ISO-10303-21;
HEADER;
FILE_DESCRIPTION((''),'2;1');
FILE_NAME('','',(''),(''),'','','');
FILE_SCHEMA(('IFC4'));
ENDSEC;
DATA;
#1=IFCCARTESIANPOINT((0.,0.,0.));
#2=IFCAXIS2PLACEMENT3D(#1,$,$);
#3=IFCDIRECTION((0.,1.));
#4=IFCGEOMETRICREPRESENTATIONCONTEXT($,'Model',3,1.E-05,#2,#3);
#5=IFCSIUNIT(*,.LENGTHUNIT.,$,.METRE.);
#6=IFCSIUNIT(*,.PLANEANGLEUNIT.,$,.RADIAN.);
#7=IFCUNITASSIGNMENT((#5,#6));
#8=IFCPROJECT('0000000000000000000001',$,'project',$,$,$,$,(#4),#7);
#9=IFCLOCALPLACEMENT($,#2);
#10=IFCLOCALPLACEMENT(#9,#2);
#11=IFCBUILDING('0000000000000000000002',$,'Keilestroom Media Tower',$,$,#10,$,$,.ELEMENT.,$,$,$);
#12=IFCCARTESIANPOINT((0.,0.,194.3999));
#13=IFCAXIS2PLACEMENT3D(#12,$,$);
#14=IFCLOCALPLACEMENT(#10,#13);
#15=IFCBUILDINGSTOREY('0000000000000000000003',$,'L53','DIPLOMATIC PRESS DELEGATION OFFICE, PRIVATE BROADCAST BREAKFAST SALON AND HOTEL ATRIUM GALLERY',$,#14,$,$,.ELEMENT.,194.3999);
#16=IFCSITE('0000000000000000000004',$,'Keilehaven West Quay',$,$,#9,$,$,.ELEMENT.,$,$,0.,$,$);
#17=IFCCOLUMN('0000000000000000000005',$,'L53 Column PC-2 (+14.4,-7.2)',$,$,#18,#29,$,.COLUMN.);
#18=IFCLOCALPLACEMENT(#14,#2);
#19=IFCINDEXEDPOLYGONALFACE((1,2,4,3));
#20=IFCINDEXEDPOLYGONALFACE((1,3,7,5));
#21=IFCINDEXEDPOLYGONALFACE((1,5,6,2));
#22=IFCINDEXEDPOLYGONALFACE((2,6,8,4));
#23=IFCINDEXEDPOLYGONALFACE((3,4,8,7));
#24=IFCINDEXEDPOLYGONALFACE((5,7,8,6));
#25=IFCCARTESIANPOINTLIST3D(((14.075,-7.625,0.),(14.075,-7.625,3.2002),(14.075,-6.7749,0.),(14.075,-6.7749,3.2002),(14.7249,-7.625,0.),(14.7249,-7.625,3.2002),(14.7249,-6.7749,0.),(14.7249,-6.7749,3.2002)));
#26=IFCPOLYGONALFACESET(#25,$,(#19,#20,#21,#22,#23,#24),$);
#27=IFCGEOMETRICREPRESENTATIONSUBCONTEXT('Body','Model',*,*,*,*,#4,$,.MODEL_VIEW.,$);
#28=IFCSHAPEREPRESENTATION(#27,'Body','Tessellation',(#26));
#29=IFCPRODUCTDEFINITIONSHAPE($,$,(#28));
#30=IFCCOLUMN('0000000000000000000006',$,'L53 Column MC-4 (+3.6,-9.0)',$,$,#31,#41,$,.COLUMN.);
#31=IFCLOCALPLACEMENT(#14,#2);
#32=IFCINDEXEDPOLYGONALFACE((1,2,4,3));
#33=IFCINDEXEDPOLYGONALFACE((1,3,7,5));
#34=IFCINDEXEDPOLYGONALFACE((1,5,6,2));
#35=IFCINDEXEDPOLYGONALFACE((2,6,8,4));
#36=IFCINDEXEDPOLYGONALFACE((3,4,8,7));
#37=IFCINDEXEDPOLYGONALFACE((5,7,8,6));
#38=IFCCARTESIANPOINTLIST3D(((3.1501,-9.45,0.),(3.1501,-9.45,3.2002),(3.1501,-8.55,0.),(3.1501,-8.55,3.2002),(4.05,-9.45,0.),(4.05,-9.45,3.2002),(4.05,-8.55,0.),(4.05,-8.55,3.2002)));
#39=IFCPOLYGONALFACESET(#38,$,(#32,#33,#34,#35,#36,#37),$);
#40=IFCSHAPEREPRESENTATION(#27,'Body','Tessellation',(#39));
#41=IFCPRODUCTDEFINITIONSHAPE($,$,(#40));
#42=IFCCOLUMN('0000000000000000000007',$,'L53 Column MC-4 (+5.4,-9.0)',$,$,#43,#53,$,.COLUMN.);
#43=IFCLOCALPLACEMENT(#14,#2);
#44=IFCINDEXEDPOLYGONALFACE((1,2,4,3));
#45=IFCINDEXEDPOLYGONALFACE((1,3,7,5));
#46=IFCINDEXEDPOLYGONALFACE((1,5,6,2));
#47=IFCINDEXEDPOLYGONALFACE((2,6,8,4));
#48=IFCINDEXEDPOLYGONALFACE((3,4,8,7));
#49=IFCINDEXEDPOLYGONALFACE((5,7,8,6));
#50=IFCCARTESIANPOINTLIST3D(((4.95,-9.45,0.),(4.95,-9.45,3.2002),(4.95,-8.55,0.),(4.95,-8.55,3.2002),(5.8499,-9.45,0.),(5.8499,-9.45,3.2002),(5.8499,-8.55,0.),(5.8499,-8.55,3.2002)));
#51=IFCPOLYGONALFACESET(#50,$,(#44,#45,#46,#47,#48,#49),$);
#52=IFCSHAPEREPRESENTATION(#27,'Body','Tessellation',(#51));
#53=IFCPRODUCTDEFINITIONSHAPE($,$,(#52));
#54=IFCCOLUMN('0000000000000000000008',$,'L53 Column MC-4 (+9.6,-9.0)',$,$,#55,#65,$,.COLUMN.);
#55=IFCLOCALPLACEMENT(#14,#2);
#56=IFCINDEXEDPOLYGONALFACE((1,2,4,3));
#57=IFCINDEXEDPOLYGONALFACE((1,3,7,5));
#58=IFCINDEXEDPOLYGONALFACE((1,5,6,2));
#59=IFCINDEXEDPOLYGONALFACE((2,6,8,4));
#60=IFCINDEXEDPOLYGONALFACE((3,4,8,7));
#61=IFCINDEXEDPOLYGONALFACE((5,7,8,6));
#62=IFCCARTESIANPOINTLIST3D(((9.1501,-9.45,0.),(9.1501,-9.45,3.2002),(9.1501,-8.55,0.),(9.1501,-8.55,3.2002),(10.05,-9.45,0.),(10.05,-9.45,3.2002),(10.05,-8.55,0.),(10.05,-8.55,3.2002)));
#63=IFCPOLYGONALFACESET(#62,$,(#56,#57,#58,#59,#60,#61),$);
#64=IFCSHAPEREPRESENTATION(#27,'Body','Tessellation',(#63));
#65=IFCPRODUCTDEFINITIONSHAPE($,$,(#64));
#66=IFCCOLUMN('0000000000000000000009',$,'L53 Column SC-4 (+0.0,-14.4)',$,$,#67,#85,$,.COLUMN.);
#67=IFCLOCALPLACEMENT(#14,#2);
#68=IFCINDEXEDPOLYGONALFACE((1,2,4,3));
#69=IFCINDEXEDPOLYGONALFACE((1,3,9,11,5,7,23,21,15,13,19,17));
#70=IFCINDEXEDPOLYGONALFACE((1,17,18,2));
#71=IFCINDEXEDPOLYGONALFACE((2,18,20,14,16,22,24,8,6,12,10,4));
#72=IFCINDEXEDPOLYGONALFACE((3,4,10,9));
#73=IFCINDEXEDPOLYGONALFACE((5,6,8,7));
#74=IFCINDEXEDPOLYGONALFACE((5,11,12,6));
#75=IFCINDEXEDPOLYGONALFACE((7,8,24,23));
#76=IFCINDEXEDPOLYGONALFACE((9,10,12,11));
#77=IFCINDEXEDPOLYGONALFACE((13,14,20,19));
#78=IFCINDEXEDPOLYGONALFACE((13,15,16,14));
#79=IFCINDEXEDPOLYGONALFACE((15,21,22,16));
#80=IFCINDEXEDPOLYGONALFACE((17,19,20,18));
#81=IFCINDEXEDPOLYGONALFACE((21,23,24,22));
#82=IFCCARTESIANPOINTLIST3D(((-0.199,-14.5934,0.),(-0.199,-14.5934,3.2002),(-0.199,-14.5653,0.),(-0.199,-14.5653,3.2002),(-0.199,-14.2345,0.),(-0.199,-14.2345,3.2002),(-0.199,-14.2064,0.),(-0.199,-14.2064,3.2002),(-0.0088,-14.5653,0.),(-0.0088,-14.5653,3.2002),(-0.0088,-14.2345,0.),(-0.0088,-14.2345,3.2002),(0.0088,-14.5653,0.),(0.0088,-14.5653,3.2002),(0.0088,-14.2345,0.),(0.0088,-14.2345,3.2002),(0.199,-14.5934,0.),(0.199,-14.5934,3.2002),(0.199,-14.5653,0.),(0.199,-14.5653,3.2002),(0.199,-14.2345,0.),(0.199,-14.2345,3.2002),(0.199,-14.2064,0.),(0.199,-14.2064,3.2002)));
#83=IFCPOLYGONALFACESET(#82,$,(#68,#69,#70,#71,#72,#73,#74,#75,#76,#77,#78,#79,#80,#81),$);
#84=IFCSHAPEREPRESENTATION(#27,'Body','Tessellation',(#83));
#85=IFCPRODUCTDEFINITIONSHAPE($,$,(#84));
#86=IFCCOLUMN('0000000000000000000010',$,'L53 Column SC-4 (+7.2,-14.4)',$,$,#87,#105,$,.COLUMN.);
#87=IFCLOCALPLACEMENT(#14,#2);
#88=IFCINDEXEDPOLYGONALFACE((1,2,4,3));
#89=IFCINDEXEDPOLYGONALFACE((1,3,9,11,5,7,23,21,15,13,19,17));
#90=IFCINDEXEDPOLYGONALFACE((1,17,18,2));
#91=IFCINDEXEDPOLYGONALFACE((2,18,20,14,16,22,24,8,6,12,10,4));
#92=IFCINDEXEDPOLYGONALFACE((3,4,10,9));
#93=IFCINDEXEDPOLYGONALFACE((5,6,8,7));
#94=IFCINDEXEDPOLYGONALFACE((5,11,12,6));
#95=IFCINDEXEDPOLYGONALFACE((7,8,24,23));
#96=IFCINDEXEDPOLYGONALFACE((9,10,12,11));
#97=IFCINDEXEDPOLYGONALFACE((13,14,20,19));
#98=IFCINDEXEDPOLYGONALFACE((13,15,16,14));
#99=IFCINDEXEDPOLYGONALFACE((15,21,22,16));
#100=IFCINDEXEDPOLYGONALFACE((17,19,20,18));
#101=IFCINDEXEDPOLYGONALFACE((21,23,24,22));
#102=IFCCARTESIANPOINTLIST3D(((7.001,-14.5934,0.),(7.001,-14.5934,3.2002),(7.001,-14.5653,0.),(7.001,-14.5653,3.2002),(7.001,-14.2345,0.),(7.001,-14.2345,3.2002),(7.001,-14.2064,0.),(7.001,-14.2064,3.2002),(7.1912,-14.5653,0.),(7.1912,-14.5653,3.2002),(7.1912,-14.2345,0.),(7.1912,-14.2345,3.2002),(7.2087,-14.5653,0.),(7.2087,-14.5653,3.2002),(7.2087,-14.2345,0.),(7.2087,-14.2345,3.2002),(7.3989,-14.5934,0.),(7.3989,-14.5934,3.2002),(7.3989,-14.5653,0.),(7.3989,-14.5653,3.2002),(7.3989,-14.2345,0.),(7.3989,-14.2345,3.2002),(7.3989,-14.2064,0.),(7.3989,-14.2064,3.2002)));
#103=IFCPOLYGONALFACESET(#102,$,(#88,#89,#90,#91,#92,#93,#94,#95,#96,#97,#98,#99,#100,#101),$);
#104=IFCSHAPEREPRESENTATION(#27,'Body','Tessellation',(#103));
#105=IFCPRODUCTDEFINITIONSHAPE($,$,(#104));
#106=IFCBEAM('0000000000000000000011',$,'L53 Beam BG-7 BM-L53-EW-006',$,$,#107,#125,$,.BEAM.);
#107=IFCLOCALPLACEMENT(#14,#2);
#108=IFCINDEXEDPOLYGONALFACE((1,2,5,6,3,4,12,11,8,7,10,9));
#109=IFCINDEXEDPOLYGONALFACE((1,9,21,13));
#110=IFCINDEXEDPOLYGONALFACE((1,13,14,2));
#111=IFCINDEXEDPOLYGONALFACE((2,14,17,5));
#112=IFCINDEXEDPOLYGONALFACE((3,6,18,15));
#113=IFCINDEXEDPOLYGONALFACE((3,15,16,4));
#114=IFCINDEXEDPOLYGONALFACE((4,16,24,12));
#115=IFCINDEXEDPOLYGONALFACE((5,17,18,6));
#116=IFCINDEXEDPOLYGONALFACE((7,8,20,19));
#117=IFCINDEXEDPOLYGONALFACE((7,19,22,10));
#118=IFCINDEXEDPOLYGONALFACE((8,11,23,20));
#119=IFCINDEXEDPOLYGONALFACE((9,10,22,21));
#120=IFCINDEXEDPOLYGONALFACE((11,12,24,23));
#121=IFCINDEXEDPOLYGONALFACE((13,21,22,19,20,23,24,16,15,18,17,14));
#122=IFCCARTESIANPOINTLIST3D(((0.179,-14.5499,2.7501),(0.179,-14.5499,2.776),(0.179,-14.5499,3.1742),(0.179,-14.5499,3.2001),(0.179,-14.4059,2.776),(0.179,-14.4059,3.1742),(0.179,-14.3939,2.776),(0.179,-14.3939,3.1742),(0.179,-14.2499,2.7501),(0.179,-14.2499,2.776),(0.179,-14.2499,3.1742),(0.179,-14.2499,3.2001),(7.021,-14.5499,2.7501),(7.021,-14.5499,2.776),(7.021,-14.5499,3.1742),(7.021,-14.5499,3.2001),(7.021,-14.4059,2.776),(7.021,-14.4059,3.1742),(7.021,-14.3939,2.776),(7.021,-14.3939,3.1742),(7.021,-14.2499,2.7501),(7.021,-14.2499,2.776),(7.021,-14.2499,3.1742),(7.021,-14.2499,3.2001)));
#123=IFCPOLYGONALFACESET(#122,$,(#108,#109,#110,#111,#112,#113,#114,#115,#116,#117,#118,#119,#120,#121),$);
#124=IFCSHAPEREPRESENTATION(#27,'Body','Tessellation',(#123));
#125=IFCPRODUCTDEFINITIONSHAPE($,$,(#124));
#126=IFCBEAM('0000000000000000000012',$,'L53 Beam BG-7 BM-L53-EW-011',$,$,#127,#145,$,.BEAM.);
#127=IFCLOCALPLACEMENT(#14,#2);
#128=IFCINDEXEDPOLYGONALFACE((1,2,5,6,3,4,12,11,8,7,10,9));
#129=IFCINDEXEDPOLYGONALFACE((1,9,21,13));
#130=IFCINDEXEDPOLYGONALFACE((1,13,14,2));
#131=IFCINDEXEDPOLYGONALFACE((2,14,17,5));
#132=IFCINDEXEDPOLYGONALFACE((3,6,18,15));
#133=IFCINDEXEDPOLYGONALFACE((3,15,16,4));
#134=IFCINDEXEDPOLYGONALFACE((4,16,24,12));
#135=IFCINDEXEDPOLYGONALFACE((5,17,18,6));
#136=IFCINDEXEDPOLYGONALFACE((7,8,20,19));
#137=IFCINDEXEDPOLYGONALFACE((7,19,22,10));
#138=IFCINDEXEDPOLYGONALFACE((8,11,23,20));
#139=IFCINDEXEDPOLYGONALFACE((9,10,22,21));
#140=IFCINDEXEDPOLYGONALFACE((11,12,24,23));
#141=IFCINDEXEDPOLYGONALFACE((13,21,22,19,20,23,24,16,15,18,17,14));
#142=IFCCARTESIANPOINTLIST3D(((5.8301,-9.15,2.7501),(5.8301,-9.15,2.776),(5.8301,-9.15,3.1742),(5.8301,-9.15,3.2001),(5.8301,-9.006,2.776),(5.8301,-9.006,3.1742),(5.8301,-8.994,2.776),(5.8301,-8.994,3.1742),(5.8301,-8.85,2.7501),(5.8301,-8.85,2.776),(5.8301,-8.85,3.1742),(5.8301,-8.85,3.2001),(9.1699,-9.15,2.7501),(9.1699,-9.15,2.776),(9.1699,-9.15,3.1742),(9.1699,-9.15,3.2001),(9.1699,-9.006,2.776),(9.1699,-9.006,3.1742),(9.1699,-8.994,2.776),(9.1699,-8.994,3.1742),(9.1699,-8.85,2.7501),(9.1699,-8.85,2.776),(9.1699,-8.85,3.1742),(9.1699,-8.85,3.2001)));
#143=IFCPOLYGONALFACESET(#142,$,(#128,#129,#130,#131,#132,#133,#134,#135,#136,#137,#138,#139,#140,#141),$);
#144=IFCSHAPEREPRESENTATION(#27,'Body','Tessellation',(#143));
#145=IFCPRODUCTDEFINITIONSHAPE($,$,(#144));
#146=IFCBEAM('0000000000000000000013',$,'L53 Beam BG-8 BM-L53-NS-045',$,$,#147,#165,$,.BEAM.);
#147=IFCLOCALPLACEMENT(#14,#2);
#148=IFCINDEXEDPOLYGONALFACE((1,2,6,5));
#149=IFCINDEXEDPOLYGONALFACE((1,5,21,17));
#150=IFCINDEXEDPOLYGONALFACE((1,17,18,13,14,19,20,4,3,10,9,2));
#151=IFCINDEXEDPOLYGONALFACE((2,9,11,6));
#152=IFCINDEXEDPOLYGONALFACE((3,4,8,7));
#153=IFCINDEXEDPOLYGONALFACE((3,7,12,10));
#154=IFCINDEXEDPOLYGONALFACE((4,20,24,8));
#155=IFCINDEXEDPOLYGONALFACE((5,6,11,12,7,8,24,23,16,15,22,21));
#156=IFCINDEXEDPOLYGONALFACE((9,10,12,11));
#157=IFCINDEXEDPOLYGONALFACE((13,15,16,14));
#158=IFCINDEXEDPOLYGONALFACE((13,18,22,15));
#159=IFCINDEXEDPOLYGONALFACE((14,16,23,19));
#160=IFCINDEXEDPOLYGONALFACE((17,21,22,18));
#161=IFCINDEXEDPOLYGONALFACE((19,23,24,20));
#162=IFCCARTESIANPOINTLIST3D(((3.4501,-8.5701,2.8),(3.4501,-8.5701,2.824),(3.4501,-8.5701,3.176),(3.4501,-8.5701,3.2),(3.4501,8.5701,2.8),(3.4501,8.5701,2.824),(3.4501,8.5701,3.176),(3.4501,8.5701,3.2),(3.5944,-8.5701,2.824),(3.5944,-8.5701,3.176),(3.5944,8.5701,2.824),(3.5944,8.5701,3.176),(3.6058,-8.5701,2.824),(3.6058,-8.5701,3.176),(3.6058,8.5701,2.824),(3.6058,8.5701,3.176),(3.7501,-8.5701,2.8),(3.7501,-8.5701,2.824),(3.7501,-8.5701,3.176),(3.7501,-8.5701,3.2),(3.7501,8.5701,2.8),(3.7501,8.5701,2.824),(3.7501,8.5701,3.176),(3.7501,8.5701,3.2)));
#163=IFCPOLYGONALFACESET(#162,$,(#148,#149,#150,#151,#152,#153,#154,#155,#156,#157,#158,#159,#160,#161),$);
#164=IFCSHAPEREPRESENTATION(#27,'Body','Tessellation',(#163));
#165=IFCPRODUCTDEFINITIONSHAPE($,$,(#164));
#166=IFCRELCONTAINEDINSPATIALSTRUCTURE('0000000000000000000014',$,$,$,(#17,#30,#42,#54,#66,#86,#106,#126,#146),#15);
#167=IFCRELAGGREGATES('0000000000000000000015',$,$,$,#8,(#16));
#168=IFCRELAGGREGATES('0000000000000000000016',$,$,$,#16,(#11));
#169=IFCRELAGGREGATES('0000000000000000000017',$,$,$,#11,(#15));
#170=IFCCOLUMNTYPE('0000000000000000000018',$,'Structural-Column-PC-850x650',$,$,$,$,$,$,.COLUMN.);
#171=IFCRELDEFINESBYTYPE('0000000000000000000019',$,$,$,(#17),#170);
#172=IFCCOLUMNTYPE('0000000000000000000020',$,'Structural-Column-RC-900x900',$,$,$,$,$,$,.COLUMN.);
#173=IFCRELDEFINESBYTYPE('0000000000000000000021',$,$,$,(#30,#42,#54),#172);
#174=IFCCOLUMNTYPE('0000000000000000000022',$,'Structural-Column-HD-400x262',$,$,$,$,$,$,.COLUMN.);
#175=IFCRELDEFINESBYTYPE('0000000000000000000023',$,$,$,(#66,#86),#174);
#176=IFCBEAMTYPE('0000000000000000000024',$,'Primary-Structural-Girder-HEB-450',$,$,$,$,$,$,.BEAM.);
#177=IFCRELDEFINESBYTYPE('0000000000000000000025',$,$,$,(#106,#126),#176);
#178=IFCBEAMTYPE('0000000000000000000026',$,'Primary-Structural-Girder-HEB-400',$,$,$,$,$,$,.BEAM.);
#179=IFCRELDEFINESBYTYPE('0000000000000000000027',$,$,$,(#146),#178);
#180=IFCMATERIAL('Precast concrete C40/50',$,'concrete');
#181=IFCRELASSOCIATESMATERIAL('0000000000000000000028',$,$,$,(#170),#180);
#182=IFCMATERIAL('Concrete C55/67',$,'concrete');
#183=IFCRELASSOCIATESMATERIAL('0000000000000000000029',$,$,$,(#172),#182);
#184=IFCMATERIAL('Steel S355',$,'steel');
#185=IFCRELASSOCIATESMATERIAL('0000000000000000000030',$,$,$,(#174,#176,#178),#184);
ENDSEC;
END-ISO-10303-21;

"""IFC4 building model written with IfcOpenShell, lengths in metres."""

from ifc_helpers import new_model, si_unit, direction, frame, origin, origin_2d, place, context, subcontext, project, spatial, rectangle, i_section, extrude, source, transform, mapped, material, material_profile, profile_set, type_object, element, save


model = new_model("IFC4")

# Units and contexts
model_context = context("Model", 3, precision=1e-05, world=origin(), true_north=direction((0.0, 1.0)))
body_context = subcontext(model_context, "Body", "Model", "MODEL_VIEW")
ifc_project = project(units=[si_unit("LENGTHUNIT", "METRE"), si_unit("PLANEANGLEUNIT", "RADIAN")], contexts=[model_context])

# Site, building, storey
site_placement = place(None, origin())
site = spatial("IfcSite", under=ifc_project, at=site_placement, Name="Keilehaven West Quay", CompositionType="ELEMENT", RefElevation=0.0)
building_placement = place(site_placement, origin())
building = spatial("IfcBuilding", under=site, at=building_placement, Name="Keilestroom Media Tower", CompositionType="ELEMENT")
storey_placement = place(building_placement, frame((0.0, 0.0, 194.3999)))
storey = spatial("IfcBuildingStorey", under=building, at=storey_placement, Name="L53", Description="DIPLOMATIC PRESS DELEGATION OFFICE, PRIVATE BROADCAST BREAKFAST SALON AND HOTEL ATRIUM GALLERY", CompositionType="ELEMENT", Elevation=194.3999)

# Columns
ifc_material_1 = material(Name="Precast concrete C40/50", Category="concrete")
ifc_material_profile_1 = material_profile(ifc_material_1, rectangle(XDim=0.6499, YDim=0.8501, at=origin_2d()), Name="PC 850x650")
ifc_profile_set_1 = profile_set([ifc_material_profile_1], Name="Precast concrete C40/50")
column_type_1 = type_object("IfcColumnType", Name="Structural-Column-PC-850x650", PredefinedType="COLUMN", material=ifc_profile_set_1)
shared_shape_1 = source(origin(), body_context, "Body", "SweptSolid", [
    extrude(rectangle(XDim=0.6499, YDim=0.8501, at=origin_2d()), origin(), (0.0, 0.0, 1.0), 3.2002),
])
column_placement = place(storey_placement, frame((14.3999, -7.2, 0.0), z_axis=(0.0, 0.0, 1.0), x_axis=(1.0, 0.0, 0.0)))
element("IfcColumn", 1, at=column_placement, inside=storey, type_object=column_type_1, Name="L53 Column PC-2 (+14.4,-7.2)", PredefinedType="COLUMN", context=body_context, shape_type="MappedRepresentation", body=[
    mapped(shared_shape_1, transform((0.0, 0.0, 0.0), x_axis=(1.0, 0.0, 0.0), y_axis=(0.0, 1.0, 0.0), z_axis=(0.0, 0.0, 1.0), scale=1.0)),
])
ifc_material_2 = material(Name="Concrete C55/67", Category="concrete")
ifc_material_profile_2 = material_profile(ifc_material_2, rectangle(XDim=0.8999, YDim=0.8999, at=origin_2d()), Name="RC 900x900")
ifc_profile_set_2 = profile_set([ifc_material_profile_2], Name="Concrete C55/67")
column_type_2 = type_object("IfcColumnType", Name="Structural-Column-RC-900x900", PredefinedType="COLUMN", material=ifc_profile_set_2)
shared_shape_2 = source(origin(), body_context, "Body", "SweptSolid", [
    extrude(rectangle(XDim=0.8999, YDim=0.8999, at=origin_2d()), origin(), (0.0, 0.0, 1.0), 3.2002),
])
for number, where, z_axis, x_axis, name in (
    (2, (3.6001, -9.0, 0.0), (0.0, 0.0, 1.0), (1.0, 0.0, 0.0), "L53 Column MC-4 (+3.6,-9.0)"),
    (3, (5.3999, -9.0, 0.0), (0.0, 0.0, 1.0), (1.0, 0.0, 0.0), "L53 Column MC-4 (+5.4,-9.0)"),
    (4, (9.6001, -9.0, 0.0), (0.0, 0.0, 1.0), (1.0, 0.0, 0.0), "L53 Column MC-4 (+9.6,-9.0)"),
):
    element("IfcColumn", number, at=place(storey_placement, frame(where, z_axis=z_axis, x_axis=x_axis)), inside=storey, type_object=column_type_2, Name=name, PredefinedType="COLUMN", context=body_context, shape_type="MappedRepresentation", body=[
        mapped(shared_shape_2, transform((0.0, 0.0, 0.0), x_axis=(1.0, 0.0, 0.0), y_axis=(0.0, 1.0, 0.0), z_axis=(0.0, 0.0, 1.0), scale=1.0)),
    ])
ifc_material_3 = material(Name="Steel S355", Category="steel")
ifc_material_profile_3 = material_profile(ifc_material_3, i_section(OverallWidth=0.3979, OverallDepth=0.387, WebThickness=0.0176, FlangeThickness=0.0281, at=origin_2d()), Name="HD 400x262")
ifc_profile_set_3 = profile_set([ifc_material_profile_3], Name="Steel S355")
column_type_3 = type_object("IfcColumnType", Name="Structural-Column-HD-400x262", PredefinedType="COLUMN", material=ifc_profile_set_3)
shared_shape_3 = source(origin(), body_context, "Body", "SweptSolid", [
    extrude(i_section(OverallWidth=0.3979, OverallDepth=0.387, WebThickness=0.0176, FlangeThickness=0.0281, at=origin_2d()), origin(), (0.0, 0.0, 1.0), 3.2002),
])
for number, where, z_axis, x_axis, name in (
    (5, (0.0, -14.3999, 0.0), (0.0, 0.0, 1.0), (1.0, 0.0, 0.0), "L53 Column SC-4 (+0.0,-14.4)"),
    (6, (7.2, -14.3999, 0.0), (0.0, 0.0, 1.0), (1.0, 0.0, 0.0), "L53 Column SC-4 (+7.2,-14.4)"),
):
    element("IfcColumn", number, at=place(storey_placement, frame(where, z_axis=z_axis, x_axis=x_axis)), inside=storey, type_object=column_type_3, Name=name, PredefinedType="COLUMN", context=body_context, shape_type="MappedRepresentation", body=[
        mapped(shared_shape_3, transform((0.0, 0.0, 0.0), x_axis=(1.0, 0.0, 0.0), y_axis=(0.0, 1.0, 0.0), z_axis=(0.0, 0.0, 1.0), scale=1.0)),
    ])

# Beams
ifc_material_profile_4 = material_profile(ifc_material_3, i_section(OverallWidth=0.3, OverallDepth=0.45, WebThickness=0.012, FlangeThickness=0.0259, at=origin_2d()), Name="HEB 450")
ifc_profile_set_4 = profile_set([ifc_material_profile_4], Name="Steel S355")
beam_type_1 = type_object("IfcBeamType", Name="Primary-Structural-Girder-HEB-450", PredefinedType="BEAM", material=ifc_profile_set_4)
shared_shape_4 = source(origin(), body_context, "Body", "SweptSolid", [
    extrude(i_section(OverallWidth=0.3, OverallDepth=0.45, WebThickness=0.012, FlangeThickness=0.0259, at=origin_2d()), origin(), (0.0, 0.0, 1.0), 6.842),
])
beam_1_placement = place(storey_placement, frame((0.179, -14.3999, 2.9751), z_axis=(1.0, 0.0, 0.0), x_axis=(0.0, 1.0, 0.0)))
element("IfcBeam", 7, at=beam_1_placement, inside=storey, type_object=beam_type_1, Name="L53 Beam BG-7 BM-L53-EW-006", PredefinedType="BEAM", context=body_context, shape_type="MappedRepresentation", body=[
    mapped(shared_shape_4, transform((0.0, 0.0, 0.0), x_axis=(1.0, 0.0, 0.0), y_axis=(0.0, 1.0, 0.0), z_axis=(0.0, 0.0, 1.0), scale=1.0)),
])
shared_shape_5 = source(origin(), body_context, "Body", "SweptSolid", [
    extrude(i_section(OverallWidth=0.3, OverallDepth=0.45, WebThickness=0.012, FlangeThickness=0.0259, at=origin_2d()), origin(), (0.0, 0.0, 1.0), 3.3398),
])
beam_2_placement = place(storey_placement, frame((5.8301, -9.0, 2.9751), z_axis=(1.0, 0.0, 0.0), x_axis=(0.0, 1.0, 0.0)))
element("IfcBeam", 8, at=beam_2_placement, inside=storey, type_object=beam_type_1, Name="L53 Beam BG-7 BM-L53-EW-011", PredefinedType="BEAM", context=body_context, shape_type="MappedRepresentation", body=[
    mapped(shared_shape_5, transform((0.0, 0.0, 0.0), x_axis=(1.0, 0.0, 0.0), y_axis=(0.0, 1.0, 0.0), z_axis=(0.0, 0.0, 1.0), scale=1.0)),
])
ifc_material_profile_5 = material_profile(ifc_material_3, i_section(OverallWidth=0.3, OverallDepth=0.3999, WebThickness=0.0115, FlangeThickness=0.0239, at=origin_2d()), Name="HEB 400")
ifc_profile_set_5 = profile_set([ifc_material_profile_5], Name="Steel S355")
beam_type_2 = type_object("IfcBeamType", Name="Primary-Structural-Girder-HEB-400", PredefinedType="BEAM", material=ifc_profile_set_5)
shared_shape_6 = source(origin(), body_context, "Body", "SweptSolid", [
    extrude(i_section(OverallWidth=0.3, OverallDepth=0.3999, WebThickness=0.0115, FlangeThickness=0.0239, at=origin_2d()), origin(), (0.0, 0.0, 1.0), 17.1401),
])
beam_3_placement = place(storey_placement, frame((3.6001, -8.5701, 3.0), z_axis=(0.0, 1.0, 0.0), x_axis=(-1.0, 0.0, 0.0)))
element("IfcBeam", 9, at=beam_3_placement, inside=storey, type_object=beam_type_2, Name="L53 Beam BG-8 BM-L53-NS-045", PredefinedType="BEAM", context=body_context, shape_type="MappedRepresentation", body=[
    mapped(shared_shape_6, transform((0.0, 0.0, 0.0), x_axis=(1.0, 0.0, 0.0), y_axis=(0.0, 1.0, 0.0), z_axis=(0.0, 0.0, 1.0), scale=1.0)),
])

save(model, "model.ifc")
